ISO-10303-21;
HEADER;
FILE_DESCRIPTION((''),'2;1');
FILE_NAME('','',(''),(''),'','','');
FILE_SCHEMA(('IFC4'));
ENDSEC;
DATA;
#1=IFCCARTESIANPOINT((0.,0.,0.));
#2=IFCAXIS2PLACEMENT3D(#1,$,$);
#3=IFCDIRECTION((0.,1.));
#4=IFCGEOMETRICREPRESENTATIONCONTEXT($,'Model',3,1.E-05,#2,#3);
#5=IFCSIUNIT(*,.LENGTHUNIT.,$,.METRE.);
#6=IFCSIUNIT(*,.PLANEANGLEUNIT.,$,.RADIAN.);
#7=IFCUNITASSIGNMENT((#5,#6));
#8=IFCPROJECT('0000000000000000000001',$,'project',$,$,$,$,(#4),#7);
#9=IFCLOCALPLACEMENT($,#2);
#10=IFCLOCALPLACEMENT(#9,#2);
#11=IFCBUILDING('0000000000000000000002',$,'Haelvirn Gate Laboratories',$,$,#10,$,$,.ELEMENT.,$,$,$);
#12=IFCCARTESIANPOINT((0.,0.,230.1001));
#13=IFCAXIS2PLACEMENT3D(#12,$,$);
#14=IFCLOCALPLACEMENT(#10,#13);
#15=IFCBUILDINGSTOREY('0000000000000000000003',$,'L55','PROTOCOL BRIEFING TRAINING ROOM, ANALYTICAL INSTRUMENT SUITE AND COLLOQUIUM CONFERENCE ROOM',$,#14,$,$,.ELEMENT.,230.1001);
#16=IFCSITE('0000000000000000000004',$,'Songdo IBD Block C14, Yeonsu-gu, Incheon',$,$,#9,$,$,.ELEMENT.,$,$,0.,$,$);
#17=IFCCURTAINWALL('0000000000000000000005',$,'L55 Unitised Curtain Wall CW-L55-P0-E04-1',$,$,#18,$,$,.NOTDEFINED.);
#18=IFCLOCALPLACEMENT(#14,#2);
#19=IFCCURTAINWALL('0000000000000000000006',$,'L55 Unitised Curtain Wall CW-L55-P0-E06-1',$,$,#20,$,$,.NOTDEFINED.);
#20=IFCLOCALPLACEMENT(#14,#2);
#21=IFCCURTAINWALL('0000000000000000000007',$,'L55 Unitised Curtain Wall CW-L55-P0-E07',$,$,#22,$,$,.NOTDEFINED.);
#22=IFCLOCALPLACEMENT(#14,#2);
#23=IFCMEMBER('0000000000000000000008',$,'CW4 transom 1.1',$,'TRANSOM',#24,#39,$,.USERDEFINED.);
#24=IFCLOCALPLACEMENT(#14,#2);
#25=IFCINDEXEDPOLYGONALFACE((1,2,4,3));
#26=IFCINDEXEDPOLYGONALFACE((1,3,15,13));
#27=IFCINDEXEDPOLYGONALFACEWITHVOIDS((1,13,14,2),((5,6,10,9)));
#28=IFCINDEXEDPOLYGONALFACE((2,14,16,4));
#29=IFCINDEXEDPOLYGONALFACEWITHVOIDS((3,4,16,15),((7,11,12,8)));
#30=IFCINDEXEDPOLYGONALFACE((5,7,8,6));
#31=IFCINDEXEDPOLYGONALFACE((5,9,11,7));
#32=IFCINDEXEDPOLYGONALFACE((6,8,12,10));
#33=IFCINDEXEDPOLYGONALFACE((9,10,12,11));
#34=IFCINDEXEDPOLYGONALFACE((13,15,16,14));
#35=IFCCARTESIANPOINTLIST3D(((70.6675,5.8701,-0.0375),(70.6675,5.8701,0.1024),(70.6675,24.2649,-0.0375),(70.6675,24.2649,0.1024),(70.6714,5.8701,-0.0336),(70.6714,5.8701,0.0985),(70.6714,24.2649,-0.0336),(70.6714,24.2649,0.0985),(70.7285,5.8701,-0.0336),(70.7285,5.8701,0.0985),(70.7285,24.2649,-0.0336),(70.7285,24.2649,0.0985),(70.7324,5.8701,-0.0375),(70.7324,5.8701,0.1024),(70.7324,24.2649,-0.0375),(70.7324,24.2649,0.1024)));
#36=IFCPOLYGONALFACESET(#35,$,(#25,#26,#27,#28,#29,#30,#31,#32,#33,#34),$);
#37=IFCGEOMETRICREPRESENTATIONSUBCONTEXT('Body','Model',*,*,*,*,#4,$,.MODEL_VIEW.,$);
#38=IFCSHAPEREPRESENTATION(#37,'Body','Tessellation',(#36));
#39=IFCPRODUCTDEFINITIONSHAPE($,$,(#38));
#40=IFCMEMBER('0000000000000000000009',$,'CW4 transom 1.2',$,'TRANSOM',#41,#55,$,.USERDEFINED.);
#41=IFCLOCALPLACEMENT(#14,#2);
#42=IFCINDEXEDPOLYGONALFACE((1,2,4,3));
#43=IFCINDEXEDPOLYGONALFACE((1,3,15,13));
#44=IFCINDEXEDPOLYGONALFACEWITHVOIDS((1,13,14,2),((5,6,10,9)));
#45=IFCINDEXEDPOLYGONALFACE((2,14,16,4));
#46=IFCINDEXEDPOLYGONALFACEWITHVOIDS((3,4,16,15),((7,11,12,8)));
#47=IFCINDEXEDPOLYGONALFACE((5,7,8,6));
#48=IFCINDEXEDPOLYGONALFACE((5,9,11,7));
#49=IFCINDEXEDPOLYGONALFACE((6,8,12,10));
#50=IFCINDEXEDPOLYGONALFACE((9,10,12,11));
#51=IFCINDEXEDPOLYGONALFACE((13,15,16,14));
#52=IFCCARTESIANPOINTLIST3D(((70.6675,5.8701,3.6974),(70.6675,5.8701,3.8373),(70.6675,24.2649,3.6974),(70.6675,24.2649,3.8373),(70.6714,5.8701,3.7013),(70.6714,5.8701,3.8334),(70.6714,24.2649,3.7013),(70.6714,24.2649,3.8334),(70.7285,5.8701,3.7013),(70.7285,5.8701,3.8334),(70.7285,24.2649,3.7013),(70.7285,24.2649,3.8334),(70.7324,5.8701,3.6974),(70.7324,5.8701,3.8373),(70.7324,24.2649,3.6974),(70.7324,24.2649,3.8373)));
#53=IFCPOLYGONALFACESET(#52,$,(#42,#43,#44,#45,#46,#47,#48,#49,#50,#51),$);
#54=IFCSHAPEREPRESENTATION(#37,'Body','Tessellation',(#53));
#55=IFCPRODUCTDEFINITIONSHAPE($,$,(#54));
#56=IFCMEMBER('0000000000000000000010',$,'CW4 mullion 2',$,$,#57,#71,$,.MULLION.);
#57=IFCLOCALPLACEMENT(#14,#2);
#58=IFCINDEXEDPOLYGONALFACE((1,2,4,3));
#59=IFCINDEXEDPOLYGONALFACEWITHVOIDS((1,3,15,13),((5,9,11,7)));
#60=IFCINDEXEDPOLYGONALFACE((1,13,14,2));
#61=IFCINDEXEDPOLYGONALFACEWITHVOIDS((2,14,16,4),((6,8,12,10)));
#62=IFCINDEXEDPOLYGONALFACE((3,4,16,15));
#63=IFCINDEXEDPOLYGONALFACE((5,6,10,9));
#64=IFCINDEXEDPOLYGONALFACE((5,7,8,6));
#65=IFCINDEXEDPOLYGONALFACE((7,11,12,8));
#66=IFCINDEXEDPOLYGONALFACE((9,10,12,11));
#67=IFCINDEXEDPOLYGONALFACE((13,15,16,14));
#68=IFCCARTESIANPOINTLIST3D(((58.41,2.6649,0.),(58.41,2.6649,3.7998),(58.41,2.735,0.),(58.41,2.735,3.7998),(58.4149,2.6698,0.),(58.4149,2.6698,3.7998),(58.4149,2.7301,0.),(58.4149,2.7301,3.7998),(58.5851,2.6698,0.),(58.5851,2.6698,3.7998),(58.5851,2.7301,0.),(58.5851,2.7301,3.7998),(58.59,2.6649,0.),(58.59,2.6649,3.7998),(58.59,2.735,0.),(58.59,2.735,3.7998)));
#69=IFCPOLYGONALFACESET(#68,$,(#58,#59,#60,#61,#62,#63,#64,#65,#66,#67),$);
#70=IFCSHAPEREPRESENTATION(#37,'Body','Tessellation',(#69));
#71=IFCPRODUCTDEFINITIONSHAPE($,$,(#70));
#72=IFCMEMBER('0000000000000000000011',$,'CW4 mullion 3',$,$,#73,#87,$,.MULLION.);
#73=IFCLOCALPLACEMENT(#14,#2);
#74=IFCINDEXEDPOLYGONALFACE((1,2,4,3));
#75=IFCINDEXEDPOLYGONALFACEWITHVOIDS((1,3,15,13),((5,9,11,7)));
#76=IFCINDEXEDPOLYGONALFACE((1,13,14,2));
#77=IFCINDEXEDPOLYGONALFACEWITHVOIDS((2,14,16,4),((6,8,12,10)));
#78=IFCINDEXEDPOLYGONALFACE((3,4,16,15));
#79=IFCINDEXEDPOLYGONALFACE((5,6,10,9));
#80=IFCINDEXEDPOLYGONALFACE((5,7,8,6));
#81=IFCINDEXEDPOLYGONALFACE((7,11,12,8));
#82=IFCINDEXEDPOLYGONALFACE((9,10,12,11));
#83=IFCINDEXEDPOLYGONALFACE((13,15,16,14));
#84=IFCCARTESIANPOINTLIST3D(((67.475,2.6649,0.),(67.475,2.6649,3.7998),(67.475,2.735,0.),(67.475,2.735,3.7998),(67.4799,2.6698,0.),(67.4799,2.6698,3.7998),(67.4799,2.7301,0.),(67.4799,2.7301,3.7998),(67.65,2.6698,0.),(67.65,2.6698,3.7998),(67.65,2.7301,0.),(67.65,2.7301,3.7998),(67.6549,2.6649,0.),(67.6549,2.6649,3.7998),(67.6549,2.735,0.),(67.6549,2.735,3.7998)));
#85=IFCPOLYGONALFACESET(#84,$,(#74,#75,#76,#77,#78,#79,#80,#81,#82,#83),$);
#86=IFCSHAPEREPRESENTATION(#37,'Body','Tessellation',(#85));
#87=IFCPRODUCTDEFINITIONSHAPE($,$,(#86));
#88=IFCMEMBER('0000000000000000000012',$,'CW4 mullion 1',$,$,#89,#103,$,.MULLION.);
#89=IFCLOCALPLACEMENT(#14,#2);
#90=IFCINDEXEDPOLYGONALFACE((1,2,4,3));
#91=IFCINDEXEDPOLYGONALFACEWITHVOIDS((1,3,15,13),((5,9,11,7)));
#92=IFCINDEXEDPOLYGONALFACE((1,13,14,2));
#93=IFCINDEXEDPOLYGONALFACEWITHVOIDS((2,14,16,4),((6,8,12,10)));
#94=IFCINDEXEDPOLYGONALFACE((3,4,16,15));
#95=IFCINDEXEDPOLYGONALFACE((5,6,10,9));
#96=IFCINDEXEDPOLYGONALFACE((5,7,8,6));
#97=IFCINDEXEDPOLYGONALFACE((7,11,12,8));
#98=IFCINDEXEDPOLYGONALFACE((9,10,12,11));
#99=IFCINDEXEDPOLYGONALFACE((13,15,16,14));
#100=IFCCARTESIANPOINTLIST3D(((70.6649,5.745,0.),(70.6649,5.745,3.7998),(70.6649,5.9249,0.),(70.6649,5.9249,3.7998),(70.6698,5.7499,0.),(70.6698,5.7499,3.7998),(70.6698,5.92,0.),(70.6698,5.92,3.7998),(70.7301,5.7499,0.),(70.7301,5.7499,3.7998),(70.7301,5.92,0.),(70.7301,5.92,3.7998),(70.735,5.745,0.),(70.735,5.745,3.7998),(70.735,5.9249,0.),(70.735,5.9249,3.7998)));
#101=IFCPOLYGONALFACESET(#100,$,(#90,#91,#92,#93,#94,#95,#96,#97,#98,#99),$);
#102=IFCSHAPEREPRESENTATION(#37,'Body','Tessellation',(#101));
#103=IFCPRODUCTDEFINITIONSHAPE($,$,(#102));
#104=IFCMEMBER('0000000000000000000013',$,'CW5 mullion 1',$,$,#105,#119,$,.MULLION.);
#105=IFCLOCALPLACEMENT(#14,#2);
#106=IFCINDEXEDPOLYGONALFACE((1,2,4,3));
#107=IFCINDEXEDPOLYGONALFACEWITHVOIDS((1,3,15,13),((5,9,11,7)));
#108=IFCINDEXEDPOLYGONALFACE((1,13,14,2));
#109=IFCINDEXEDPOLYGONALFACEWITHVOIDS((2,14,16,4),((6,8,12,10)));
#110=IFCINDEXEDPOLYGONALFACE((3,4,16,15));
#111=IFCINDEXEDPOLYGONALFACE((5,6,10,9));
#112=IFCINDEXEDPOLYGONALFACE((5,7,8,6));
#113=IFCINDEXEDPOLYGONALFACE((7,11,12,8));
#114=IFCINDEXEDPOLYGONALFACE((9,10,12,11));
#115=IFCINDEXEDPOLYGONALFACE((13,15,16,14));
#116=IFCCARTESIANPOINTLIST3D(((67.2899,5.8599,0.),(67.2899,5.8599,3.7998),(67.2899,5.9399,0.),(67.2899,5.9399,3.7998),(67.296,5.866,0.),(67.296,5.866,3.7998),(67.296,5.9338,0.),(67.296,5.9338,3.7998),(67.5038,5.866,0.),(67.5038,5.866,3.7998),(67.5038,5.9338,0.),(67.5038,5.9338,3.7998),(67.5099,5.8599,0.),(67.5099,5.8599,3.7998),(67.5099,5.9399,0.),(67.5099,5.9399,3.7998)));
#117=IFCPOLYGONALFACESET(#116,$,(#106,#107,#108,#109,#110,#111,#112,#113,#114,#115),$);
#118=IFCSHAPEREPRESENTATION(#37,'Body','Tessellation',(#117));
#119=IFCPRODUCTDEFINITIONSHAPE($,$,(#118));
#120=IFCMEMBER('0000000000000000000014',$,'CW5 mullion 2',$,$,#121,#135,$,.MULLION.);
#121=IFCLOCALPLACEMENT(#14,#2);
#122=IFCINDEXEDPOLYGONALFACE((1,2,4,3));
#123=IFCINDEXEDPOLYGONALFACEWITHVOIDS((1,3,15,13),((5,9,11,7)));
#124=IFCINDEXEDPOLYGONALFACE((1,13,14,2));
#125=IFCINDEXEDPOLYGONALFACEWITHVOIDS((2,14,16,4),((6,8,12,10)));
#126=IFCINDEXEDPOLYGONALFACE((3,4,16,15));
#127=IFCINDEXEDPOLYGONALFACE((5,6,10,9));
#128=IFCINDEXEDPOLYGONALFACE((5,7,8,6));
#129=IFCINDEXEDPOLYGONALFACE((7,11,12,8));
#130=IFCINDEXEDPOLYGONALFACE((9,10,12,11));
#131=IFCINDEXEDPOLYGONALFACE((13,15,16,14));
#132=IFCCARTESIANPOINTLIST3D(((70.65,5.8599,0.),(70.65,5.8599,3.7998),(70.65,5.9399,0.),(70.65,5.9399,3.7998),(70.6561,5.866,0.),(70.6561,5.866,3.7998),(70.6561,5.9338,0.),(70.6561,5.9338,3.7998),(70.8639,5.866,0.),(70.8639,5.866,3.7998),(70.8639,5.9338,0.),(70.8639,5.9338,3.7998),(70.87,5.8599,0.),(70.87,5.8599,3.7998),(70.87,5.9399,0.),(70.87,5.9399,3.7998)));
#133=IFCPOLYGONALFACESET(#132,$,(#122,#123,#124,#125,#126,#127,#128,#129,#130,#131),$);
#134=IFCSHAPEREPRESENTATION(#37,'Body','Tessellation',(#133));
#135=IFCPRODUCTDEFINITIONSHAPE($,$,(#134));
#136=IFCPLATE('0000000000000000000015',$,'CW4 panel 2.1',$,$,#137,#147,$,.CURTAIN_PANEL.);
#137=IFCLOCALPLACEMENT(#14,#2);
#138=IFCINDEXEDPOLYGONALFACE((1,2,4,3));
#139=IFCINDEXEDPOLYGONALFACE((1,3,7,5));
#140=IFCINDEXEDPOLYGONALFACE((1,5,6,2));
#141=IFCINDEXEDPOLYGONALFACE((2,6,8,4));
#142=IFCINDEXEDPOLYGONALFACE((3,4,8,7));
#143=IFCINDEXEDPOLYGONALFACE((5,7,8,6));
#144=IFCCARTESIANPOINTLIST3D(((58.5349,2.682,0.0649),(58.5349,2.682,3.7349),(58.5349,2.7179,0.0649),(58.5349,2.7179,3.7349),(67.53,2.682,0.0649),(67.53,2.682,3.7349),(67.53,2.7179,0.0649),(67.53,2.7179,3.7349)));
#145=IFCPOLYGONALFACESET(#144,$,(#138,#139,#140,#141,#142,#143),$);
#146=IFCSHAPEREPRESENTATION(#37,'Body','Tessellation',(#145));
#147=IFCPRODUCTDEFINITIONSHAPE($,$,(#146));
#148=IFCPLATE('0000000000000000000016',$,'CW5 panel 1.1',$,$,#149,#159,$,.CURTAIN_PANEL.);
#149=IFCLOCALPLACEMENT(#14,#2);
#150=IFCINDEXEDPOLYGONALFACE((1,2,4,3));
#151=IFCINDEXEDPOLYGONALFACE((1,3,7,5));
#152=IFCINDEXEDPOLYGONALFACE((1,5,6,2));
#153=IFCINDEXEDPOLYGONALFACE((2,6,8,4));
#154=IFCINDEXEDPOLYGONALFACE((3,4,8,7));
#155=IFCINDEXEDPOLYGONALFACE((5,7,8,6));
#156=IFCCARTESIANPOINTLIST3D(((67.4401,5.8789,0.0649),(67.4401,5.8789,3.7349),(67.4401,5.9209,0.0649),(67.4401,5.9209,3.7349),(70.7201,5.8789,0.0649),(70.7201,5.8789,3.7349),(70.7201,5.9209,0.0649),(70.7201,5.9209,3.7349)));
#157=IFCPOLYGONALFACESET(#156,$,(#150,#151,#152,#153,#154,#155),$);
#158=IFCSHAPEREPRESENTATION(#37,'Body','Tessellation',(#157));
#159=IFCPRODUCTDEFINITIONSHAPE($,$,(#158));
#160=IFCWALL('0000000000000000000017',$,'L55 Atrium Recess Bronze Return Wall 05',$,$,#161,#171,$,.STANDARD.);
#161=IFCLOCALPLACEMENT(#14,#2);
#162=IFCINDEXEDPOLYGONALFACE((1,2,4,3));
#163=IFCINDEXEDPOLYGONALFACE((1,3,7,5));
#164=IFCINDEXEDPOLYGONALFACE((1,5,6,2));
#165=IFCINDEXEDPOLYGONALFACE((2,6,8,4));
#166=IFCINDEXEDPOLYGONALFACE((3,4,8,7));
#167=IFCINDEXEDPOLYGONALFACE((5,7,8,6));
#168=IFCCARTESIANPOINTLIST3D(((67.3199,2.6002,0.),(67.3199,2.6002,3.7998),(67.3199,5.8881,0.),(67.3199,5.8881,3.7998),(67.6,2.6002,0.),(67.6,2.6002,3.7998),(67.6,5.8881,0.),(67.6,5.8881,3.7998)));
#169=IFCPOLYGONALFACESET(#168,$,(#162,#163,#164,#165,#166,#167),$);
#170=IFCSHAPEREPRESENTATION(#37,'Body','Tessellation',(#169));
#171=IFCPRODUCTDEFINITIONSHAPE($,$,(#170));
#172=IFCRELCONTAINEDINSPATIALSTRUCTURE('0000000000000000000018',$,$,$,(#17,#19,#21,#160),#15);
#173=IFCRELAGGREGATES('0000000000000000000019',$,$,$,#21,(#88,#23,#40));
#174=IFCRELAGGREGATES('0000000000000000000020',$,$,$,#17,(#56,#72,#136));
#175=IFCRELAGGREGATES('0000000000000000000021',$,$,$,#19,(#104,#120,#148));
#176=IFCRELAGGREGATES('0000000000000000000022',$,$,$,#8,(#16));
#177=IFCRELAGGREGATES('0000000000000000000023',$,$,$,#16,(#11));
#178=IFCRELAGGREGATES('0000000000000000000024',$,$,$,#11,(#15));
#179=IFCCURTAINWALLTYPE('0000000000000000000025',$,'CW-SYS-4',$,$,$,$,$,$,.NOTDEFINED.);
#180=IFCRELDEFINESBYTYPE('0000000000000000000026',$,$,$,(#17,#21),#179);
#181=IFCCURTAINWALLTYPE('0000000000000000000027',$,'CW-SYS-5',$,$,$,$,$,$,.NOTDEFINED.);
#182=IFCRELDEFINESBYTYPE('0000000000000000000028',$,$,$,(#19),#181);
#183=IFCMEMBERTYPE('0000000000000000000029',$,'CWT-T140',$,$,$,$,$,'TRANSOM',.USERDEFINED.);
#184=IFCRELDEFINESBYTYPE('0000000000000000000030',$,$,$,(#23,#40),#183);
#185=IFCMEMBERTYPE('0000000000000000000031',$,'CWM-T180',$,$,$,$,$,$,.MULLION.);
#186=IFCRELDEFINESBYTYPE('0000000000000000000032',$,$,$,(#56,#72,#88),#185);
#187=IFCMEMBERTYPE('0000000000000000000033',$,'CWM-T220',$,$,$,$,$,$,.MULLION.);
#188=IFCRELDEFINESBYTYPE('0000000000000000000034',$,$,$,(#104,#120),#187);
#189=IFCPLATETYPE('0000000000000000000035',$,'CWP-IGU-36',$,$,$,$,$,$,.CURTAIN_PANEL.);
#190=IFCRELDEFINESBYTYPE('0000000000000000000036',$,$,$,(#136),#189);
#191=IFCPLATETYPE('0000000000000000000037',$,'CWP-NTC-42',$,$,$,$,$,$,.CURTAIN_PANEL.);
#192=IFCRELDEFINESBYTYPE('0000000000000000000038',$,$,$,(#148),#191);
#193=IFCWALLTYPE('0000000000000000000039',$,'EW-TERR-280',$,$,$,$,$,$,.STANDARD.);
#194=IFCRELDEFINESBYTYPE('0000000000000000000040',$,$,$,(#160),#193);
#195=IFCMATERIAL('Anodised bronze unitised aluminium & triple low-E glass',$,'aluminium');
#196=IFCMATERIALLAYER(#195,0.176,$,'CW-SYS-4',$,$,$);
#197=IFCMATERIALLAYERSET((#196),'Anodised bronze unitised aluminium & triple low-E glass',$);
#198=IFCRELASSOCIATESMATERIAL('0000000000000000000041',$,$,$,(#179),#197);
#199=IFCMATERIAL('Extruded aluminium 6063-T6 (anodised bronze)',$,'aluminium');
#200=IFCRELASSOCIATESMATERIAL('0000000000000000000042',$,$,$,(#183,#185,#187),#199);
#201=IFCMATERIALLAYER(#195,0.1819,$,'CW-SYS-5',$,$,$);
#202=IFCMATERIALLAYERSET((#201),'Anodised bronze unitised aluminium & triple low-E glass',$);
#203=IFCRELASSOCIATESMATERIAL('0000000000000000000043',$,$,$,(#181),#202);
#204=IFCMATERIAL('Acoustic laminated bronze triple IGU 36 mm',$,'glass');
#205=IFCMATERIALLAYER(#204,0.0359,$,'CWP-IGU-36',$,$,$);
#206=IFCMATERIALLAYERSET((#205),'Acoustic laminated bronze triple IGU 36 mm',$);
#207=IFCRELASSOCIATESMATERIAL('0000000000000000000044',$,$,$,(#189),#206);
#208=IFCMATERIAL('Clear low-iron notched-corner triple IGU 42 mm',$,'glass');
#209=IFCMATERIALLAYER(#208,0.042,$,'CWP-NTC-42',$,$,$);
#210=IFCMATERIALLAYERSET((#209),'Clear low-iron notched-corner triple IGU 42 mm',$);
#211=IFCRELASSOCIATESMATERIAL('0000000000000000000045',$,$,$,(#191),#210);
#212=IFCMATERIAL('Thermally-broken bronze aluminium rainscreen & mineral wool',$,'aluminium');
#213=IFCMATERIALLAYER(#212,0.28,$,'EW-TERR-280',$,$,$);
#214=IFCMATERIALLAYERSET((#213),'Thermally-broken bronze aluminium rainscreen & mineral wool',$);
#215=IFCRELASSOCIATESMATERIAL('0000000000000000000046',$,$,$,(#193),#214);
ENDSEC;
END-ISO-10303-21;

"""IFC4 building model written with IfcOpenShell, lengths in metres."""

from ifc_helpers import new_model, si_unit, direction, frame, frame_2d, origin, origin_2d, place, context, subcontext, project, spatial, rectangle, hollow_rectangle, extrude, source, transform, mapped, material, layer, layer_set, material_profile, profile_set, type_object, type_shapes, element, aggregate, save


model = new_model("IFC4")

# Units and contexts
model_context = context("Model", 3, precision=1e-05, world=origin(), true_north=direction((0.0, 1.0)))
body_context = subcontext(model_context, "Body", "Model", "MODEL_VIEW")
ifc_project = project(units=[si_unit("LENGTHUNIT", "METRE"), si_unit("PLANEANGLEUNIT", "RADIAN")], contexts=[model_context])

# Site, building, storey
site_placement = place(None, origin())
site = spatial("IfcSite", under=ifc_project, at=site_placement, Name="Songdo IBD Block C14, Yeonsu-gu, Incheon", CompositionType="ELEMENT", RefElevation=0.0)
building_placement = place(site_placement, origin())
building = spatial("IfcBuilding", under=site, at=building_placement, Name="Haelvirn Gate Laboratories", CompositionType="ELEMENT")
storey_placement = place(building_placement, frame((0.0, 0.0, 230.1001)))
storey = spatial("IfcBuildingStorey", under=building, at=storey_placement, Name="L55", Description="PROTOCOL BRIEFING TRAINING ROOM, ANALYTICAL INSTRUMENT SUITE AND COLLOQUIUM CONFERENCE ROOM", CompositionType="ELEMENT", Elevation=230.1001)

# Curtain walls, members
ifc_material_1 = material(Name="Anodised bronze unitised aluminium & triple low-E glass", Category="aluminium")
ifc_layer_1 = layer(ifc_material_1, 0.176, Name="CW-SYS-4")
ifc_layer_set_1 = layer_set([ifc_layer_1], Name="Anodised bronze unitised aluminium & triple low-E glass")
curtain_wall_type_1 = type_object("IfcCurtainWallType", Name="CW-SYS-4", PredefinedType="NOTDEFINED", material=ifc_layer_set_1)
curtain_wall_1_placement = place(storey_placement, origin())
curtain_wall_1 = element("IfcCurtainWall", 1, at=curtain_wall_1_placement, inside=storey, type_object=curtain_wall_type_1, Name="L55 Unitised Curtain Wall CW-L55-P0-E04-1", PredefinedType="NOTDEFINED")
ifc_material_2 = material(Name="Extruded aluminium 6063-T6 (anodised bronze)", Category="aluminium")
ifc_material_profile_1 = material_profile(ifc_material_2, hollow_rectangle(XDim=0.0649, YDim=0.1399, WallThickness=0.0039, at=origin_2d()), Name="CWT-140x65x4")
ifc_profile_set_1 = profile_set([ifc_material_profile_1], Name="Extruded aluminium 6063-T6 (anodised bronze)")
member_type_1 = type_object("IfcMemberType", Name="CWT-T140", ElementType="TRANSOM", PredefinedType="USERDEFINED", material=ifc_profile_set_1)
ifc_layer_2 = layer(ifc_material_1, 0.1819, Name="CW-SYS-5")
ifc_layer_set_2 = layer_set([ifc_layer_2], Name="Anodised bronze unitised aluminium & triple low-E glass")
curtain_wall_type_2 = type_object("IfcCurtainWallType", Name="CW-SYS-5", PredefinedType="NOTDEFINED", material=ifc_layer_set_2)
curtain_wall_2_placement = place(storey_placement, origin())
curtain_wall_2 = element("IfcCurtainWall", 2, at=curtain_wall_2_placement, inside=storey, type_object=curtain_wall_type_2, Name="L55 Unitised Curtain Wall CW-L55-P0-E06-1", PredefinedType="NOTDEFINED")
curtain_wall_3_placement = place(storey_placement, origin())
curtain_wall_3 = element("IfcCurtainWall", 3, at=curtain_wall_3_placement, inside=storey, type_object=curtain_wall_type_1, Name="L55 Unitised Curtain Wall CW-L55-P0-E07", PredefinedType="NOTDEFINED")
shared_shape_1 = source(origin(), body_context, "Body", "SweptSolid", [
    extrude(hollow_rectangle(XDim=0.0649, YDim=0.1399, WallThickness=0.0039, at=origin_2d()), origin(), (0.0, 0.0, 1.0), 18.3948),
])
member_1_placement = place(storey_placement, frame((70.7, 5.8701, 0.0325), z_axis=(0.0, 1.0, 0.0), x_axis=(-1.0, 0.0, 0.0)))
member_1 = element("IfcMember", 4, at=member_1_placement, type_object=member_type_1, Name="CW4 transom 1.1", ObjectType="TRANSOM", PredefinedType="USERDEFINED", context=body_context, shape_type="MappedRepresentation", body=[
    mapped(shared_shape_1, transform((0.0, 0.0, 0.0), scale=1.0)),
])
member_2_placement = place(storey_placement, frame((70.7, 5.8701, 3.7673), z_axis=(0.0, 1.0, 0.0), x_axis=(-1.0, 0.0, 0.0)))
member_2 = element("IfcMember", 5, at=member_2_placement, type_object=member_type_1, Name="CW4 transom 1.2", ObjectType="TRANSOM", PredefinedType="USERDEFINED", context=body_context, shape_type="MappedRepresentation", body=[
    mapped(shared_shape_1, transform((0.0, 0.0, 0.0), scale=1.0)),
])

# Members
ifc_material_profile_2 = material_profile(ifc_material_2, hollow_rectangle(XDim=0.0701, YDim=0.1799, WallThickness=0.0049, at=origin_2d()), Name="CWM-180x70x5")
ifc_profile_set_2 = profile_set([ifc_material_profile_2], Name="Extruded aluminium 6063-T6 (anodised bronze)")
member_type_2 = type_object("IfcMemberType", Name="CWM-T180", PredefinedType="MULLION", material=ifc_profile_set_2)
shared_shape_2 = source(origin(), body_context, "Body", "SweptSolid", [
    extrude(hollow_rectangle(XDim=0.0701, YDim=0.1799, WallThickness=0.0049, at=origin_2d()), origin(), (0.0, 0.0, 1.0), 3.7998),
])
type_shapes(member_type_2, [shared_shape_2])
member_3_placement = place(storey_placement, frame((58.5, 2.7, 0.0), z_axis=(0.0, 0.0, 1.0), x_axis=(0.0, 1.0, 0.0)))
member_3 = element("IfcMember", 6, at=member_3_placement, type_object=member_type_2, Name="CW4 mullion 2", PredefinedType="MULLION", context=body_context, shape_type="MappedRepresentation", body=[
    mapped(shared_shape_2, transform((0.0, 0.0, 0.0), scale=1.0)),
])
member_4_placement = place(storey_placement, frame((67.5649, 2.7, 0.0), z_axis=(0.0, 0.0, 1.0), x_axis=(0.0, 1.0, 0.0)))
member_4 = element("IfcMember", 7, at=member_4_placement, type_object=member_type_2, Name="CW4 mullion 3", PredefinedType="MULLION", context=body_context, shape_type="MappedRepresentation", body=[
    mapped(shared_shape_2, transform((0.0, 0.0, 0.0), scale=1.0)),
])
member_5_placement = place(storey_placement, frame((70.7, 5.835, 0.0), z_axis=(0.0, 0.0, 1.0), x_axis=(-1.0, 0.0, 0.0)))
member_5 = element("IfcMember", 8, at=member_5_placement, type_object=member_type_2, Name="CW4 mullion 1", PredefinedType="MULLION", context=body_context, shape_type="MappedRepresentation", body=[
    mapped(shared_shape_2, transform((0.0, 0.0, 0.0), scale=1.0)),
])
aggregate(curtain_wall_3, [member_5, member_1, member_2])
ifc_material_profile_3 = material_profile(ifc_material_2, hollow_rectangle(XDim=0.0801, YDim=0.22, WallThickness=0.0061, at=origin_2d()), Name="CWM-220x80x6")
ifc_profile_set_3 = profile_set([ifc_material_profile_3], Name="Extruded aluminium 6063-T6 (anodised bronze)")
member_type_3 = type_object("IfcMemberType", Name="CWM-T220", PredefinedType="MULLION", material=ifc_profile_set_3)
shared_shape_3 = source(origin(), body_context, "Body", "SweptSolid", [
    extrude(hollow_rectangle(XDim=0.0801, YDim=0.22, WallThickness=0.0061, at=origin_2d()), origin(), (0.0, 0.0, 1.0), 3.7998),
])
type_shapes(member_type_3, [shared_shape_3])
member_6_placement = place(storey_placement, frame((67.3999, 5.8999, 0.0), z_axis=(0.0, 0.0, 1.0), x_axis=(0.0, 1.0, 0.0)))
member_6 = element("IfcMember", 9, at=member_6_placement, type_object=member_type_3, Name="CW5 mullion 1", PredefinedType="MULLION", context=body_context, shape_type="MappedRepresentation", body=[
    mapped(shared_shape_3, transform((0.0, 0.0, 0.0), scale=1.0)),
])
member_7_placement = place(storey_placement, frame((70.76, 5.8999, 0.0), z_axis=(0.0, 0.0, 1.0), x_axis=(0.0, 1.0, 0.0)))
member_7 = element("IfcMember", 10, at=member_7_placement, type_object=member_type_3, Name="CW5 mullion 2", PredefinedType="MULLION", context=body_context, shape_type="MappedRepresentation", body=[
    mapped(shared_shape_3, transform((0.0, 0.0, 0.0), scale=1.0)),
])

# Plates
ifc_material_3 = material(Name="Acoustic laminated bronze triple IGU 36 mm", Category="glass")
ifc_layer_3 = layer(ifc_material_3, 0.0359, Name="CWP-IGU-36")
ifc_layer_set_3 = layer_set([ifc_layer_3], Name="Acoustic laminated bronze triple IGU 36 mm")
plate_type_1 = type_object("IfcPlateType", Name="CWP-IGU-36", PredefinedType="CURTAIN_PANEL", material=ifc_layer_set_3)
shared_shape_4 = source(origin(), body_context, "Body", "SweptSolid", [
    extrude(rectangle(XDim=8.9951, YDim=0.0359, at=origin_2d()), origin(), (0.0, 0.0, 1.0), 3.6699),
])
type_shapes(plate_type_1, [shared_shape_4])
plate_1_placement = place(storey_placement, frame((63.0325, 2.7, 0.0649), z_axis=(0.0, 0.0, 1.0), x_axis=(1.0, 0.0, 0.0)))
plate_1 = element("IfcPlate", 11, at=plate_1_placement, type_object=plate_type_1, Name="CW4 panel 2.1", PredefinedType="CURTAIN_PANEL", context=body_context, shape_type="MappedRepresentation", body=[
    mapped(shared_shape_4, transform((0.0, 0.0, 0.0), scale=1.0)),
])
aggregate(curtain_wall_1, [member_3, member_4, plate_1])
ifc_material_4 = material(Name="Clear low-iron notched-corner triple IGU 42 mm", Category="glass")
ifc_layer_4 = layer(ifc_material_4, 0.042, Name="CWP-NTC-42")
ifc_layer_set_4 = layer_set([ifc_layer_4], Name="Clear low-iron notched-corner triple IGU 42 mm")
plate_type_2 = type_object("IfcPlateType", Name="CWP-NTC-42", PredefinedType="CURTAIN_PANEL", material=ifc_layer_set_4)
shared_shape_5 = source(origin(), body_context, "Body", "SweptSolid", [
    extrude(rectangle(XDim=3.28, YDim=0.042, at=origin_2d()), origin(), (0.0, 0.0, 1.0), 3.6699),
])
type_shapes(plate_type_2, [shared_shape_5])
plate_2_placement = place(storey_placement, frame((69.0801, 5.8999, 0.0649), z_axis=(0.0, 0.0, 1.0), x_axis=(1.0, 0.0, 0.0)))
plate_2 = element("IfcPlate", 12, at=plate_2_placement, type_object=plate_type_2, Name="CW5 panel 1.1", PredefinedType="CURTAIN_PANEL", context=body_context, shape_type="MappedRepresentation", body=[
    mapped(shared_shape_5, transform((0.0, 0.0, 0.0), scale=1.0)),
])
aggregate(curtain_wall_2, [member_6, member_7, plate_2])

# Wall
ifc_material_5 = material(Name="Thermally-broken bronze aluminium rainscreen & mineral wool", Category="aluminium")
ifc_layer_5 = layer(ifc_material_5, 0.28, Name="EW-TERR-280")
ifc_layer_set_5 = layer_set([ifc_layer_5], Name="Thermally-broken bronze aluminium rainscreen & mineral wool")
wall_type = type_object("IfcWallType", Name="EW-TERR-280", PredefinedType="STANDARD", material=ifc_layer_set_5)
wall_placement = place(storey_placement, frame((67.46, 2.6001, 0.0), z_axis=(0.0, 0.0, 1.0), x_axis=(0.0, 1.0, 0.0)))
element("IfcWall", 13, at=wall_placement, inside=storey, type_object=wall_type, Name="L55 Atrium Recess Bronze Return Wall 05", PredefinedType="STANDARD", context=body_context, shape_type="SweptSolid", body=[
    extrude(rectangle(XDim=3.2878, YDim=0.28, at=frame_2d((1.644, 0.0))), origin(), (0.0, 0.0, 1.0), 3.7998),
])

save(model, "model.ifc")
